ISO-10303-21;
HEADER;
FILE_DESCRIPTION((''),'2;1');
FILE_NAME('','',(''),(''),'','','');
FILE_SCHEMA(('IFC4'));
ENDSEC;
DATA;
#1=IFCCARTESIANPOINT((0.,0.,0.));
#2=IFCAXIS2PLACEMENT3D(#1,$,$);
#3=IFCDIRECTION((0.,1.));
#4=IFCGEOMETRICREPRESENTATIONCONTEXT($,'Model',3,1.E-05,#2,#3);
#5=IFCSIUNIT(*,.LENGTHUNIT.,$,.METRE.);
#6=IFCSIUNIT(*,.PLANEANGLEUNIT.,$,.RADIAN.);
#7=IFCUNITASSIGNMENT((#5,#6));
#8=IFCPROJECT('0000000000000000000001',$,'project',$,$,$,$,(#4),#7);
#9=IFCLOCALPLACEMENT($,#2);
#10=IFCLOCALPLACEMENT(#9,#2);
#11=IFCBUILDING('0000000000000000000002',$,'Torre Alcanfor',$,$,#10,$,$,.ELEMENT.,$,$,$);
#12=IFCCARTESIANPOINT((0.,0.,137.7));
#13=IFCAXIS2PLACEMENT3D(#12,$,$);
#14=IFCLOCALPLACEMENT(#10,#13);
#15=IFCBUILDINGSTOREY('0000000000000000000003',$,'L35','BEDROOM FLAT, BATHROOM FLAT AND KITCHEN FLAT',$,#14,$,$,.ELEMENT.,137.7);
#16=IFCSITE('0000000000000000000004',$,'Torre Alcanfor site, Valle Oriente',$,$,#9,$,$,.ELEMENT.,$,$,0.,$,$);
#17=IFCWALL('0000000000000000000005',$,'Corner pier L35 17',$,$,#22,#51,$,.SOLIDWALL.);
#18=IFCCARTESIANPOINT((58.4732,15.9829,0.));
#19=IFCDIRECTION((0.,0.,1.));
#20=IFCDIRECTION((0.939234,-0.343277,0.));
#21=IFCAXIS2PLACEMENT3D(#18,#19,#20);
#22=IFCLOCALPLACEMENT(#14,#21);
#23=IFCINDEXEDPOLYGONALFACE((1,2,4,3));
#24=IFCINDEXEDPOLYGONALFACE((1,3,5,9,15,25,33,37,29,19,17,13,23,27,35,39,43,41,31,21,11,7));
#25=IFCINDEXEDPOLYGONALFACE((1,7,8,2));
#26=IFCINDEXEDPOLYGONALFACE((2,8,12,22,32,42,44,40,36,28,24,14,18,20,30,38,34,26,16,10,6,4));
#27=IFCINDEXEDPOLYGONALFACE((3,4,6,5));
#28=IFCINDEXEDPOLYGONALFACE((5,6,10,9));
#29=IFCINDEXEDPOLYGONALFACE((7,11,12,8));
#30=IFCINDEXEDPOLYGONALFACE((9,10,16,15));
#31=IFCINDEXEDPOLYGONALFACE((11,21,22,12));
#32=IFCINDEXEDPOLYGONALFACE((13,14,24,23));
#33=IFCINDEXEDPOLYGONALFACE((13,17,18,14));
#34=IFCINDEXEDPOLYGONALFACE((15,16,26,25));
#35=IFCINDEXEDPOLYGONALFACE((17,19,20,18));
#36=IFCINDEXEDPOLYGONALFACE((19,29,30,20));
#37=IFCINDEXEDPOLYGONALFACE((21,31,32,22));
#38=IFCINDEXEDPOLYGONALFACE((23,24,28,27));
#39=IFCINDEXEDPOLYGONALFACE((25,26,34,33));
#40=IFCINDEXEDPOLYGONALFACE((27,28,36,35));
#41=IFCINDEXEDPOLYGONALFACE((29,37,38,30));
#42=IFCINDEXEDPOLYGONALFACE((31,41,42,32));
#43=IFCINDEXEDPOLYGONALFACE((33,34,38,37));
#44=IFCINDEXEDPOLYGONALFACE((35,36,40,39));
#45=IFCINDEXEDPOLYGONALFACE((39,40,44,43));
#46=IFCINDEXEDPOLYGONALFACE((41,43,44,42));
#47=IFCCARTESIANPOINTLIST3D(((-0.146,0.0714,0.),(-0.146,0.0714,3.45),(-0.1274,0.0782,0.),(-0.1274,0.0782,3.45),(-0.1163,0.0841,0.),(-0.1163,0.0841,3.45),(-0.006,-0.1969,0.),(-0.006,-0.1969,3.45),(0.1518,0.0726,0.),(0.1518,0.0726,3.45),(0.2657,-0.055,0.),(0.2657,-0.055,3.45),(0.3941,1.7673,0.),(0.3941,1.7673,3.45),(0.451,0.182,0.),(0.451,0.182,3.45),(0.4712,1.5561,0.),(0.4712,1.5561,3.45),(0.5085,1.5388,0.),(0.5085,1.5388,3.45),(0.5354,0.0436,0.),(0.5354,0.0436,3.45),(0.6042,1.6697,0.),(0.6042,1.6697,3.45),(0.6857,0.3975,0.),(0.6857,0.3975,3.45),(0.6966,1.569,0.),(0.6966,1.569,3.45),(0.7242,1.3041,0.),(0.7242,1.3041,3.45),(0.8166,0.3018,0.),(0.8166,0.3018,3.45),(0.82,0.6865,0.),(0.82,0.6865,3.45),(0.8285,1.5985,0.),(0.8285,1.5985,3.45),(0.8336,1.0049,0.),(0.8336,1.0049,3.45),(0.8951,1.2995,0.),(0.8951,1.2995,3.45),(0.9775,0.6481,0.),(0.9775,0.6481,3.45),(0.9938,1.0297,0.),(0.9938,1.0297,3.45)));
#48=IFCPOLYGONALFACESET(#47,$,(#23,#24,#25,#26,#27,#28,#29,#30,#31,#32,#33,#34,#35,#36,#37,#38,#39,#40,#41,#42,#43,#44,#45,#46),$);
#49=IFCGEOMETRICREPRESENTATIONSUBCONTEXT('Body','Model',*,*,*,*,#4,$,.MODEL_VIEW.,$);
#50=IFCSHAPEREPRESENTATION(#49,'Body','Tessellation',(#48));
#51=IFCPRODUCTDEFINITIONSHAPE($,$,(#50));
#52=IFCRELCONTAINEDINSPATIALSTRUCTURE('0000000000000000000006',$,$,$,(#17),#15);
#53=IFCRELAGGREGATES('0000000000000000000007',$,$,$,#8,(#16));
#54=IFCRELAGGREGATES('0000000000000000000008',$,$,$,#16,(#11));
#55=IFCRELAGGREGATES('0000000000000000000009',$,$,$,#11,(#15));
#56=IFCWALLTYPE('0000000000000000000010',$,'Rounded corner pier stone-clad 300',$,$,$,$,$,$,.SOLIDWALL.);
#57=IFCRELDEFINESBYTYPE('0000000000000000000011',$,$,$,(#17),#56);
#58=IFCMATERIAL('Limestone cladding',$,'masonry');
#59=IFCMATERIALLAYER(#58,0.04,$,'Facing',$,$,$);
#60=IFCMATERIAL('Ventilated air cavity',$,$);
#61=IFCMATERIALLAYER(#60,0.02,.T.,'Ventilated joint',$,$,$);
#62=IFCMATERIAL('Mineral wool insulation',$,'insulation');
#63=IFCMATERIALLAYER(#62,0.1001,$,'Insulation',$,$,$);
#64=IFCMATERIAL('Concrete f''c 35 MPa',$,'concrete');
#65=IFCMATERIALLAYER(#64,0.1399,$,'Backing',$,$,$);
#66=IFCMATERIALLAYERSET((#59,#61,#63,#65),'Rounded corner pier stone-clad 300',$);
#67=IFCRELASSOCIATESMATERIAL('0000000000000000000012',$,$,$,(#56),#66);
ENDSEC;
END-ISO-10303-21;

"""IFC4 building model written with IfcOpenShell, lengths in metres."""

from ifc_helpers import new_model, si_unit, direction, frame, origin, place, context, subcontext, project, spatial, polyline, outline, extrude, material, layer, layer_set, type_object, element, save


model = new_model("IFC4")

# Units and contexts
model_context = context("Model", 3, precision=1e-05, world=origin(), true_north=direction((0.0, 1.0)))
body_context = subcontext(model_context, "Body", "Model", "MODEL_VIEW")
ifc_project = project(units=[si_unit("LENGTHUNIT", "METRE"), si_unit("PLANEANGLEUNIT", "RADIAN")], contexts=[model_context])

# Site, building, storey
site_placement = place(None, origin())
site = spatial("IfcSite", under=ifc_project, at=site_placement, Name="Torre Alcanfor site, Valle Oriente", CompositionType="ELEMENT", RefElevation=0.0)
building_placement = place(site_placement, origin())
building = spatial("IfcBuilding", under=site, at=building_placement, Name="Torre Alcanfor", CompositionType="ELEMENT")
storey_placement = place(building_placement, frame((0.0, 0.0, 137.7)))
storey = spatial("IfcBuildingStorey", under=building, at=storey_placement, Name="L35", Description="BEDROOM FLAT, BATHROOM FLAT AND KITCHEN FLAT", CompositionType="ELEMENT", Elevation=137.7)

# Wall
ifc_material_1 = material(Name="Limestone cladding", Category="masonry")
ifc_layer_1 = layer(ifc_material_1, 0.04, Name="Facing")
ifc_material_2 = material(Name="Ventilated air cavity")
ifc_layer_2 = layer(ifc_material_2, 0.02, ventilated=True, Name="Ventilated joint")
ifc_material_3 = material(Name="Mineral wool insulation", Category="insulation")
ifc_layer_3 = layer(ifc_material_3, 0.1001, Name="Insulation")
ifc_material_4 = material(Name="Concrete f'c 35 MPa", Category="concrete")
ifc_layer_4 = layer(ifc_material_4, 0.1399, Name="Backing")
ifc_layer_set_1 = layer_set([ifc_layer_1, ifc_layer_2, ifc_layer_3, ifc_layer_4], Name="Rounded corner pier stone-clad 300")
wall_type_1 = type_object("IfcWallType", Name="Rounded corner pier stone-clad 300", PredefinedType="SOLIDWALL", material=ifc_layer_set_1)
wall_1_placement = place(storey_placement, frame((58.4732, 15.9829, 0.0), z_axis=(0.0, 0.0, 1.0), x_axis=(0.939234, -0.343277, 0.0)))
element("IfcWall", 1, at=wall_1_placement, inside=storey, type_object=wall_type_1, Name="Corner pier L35 17", PredefinedType="SOLIDWALL", context=body_context, shape_type="SweptSolid", body=[
    extrude(outline(polyline([(0.8285, 1.5985), (0.6966, 1.569), (0.6042, 1.6697), (0.3941, 1.7673), (0.4712, 1.5561), (0.5085, 1.5388), (0.7242, 1.3041), (0.8336, 1.0049), (0.82, 0.6865), (0.6857, 0.3975), (0.451, 0.182), (0.1518, 0.0726), (-0.1163, 0.0841), (-0.1274, 0.0782), (-0.146, 0.0714), (-0.006, -0.1969), (0.2657, -0.055), (0.5354, 0.0436), (0.8166, 0.3018), (0.9775, 0.6481), (0.9938, 1.0297), (0.8951, 1.2995), (0.8285, 1.5985)])), origin(), (0.0, 0.0, 1.0), 3.45),
])

save(model, "model.ifc")
